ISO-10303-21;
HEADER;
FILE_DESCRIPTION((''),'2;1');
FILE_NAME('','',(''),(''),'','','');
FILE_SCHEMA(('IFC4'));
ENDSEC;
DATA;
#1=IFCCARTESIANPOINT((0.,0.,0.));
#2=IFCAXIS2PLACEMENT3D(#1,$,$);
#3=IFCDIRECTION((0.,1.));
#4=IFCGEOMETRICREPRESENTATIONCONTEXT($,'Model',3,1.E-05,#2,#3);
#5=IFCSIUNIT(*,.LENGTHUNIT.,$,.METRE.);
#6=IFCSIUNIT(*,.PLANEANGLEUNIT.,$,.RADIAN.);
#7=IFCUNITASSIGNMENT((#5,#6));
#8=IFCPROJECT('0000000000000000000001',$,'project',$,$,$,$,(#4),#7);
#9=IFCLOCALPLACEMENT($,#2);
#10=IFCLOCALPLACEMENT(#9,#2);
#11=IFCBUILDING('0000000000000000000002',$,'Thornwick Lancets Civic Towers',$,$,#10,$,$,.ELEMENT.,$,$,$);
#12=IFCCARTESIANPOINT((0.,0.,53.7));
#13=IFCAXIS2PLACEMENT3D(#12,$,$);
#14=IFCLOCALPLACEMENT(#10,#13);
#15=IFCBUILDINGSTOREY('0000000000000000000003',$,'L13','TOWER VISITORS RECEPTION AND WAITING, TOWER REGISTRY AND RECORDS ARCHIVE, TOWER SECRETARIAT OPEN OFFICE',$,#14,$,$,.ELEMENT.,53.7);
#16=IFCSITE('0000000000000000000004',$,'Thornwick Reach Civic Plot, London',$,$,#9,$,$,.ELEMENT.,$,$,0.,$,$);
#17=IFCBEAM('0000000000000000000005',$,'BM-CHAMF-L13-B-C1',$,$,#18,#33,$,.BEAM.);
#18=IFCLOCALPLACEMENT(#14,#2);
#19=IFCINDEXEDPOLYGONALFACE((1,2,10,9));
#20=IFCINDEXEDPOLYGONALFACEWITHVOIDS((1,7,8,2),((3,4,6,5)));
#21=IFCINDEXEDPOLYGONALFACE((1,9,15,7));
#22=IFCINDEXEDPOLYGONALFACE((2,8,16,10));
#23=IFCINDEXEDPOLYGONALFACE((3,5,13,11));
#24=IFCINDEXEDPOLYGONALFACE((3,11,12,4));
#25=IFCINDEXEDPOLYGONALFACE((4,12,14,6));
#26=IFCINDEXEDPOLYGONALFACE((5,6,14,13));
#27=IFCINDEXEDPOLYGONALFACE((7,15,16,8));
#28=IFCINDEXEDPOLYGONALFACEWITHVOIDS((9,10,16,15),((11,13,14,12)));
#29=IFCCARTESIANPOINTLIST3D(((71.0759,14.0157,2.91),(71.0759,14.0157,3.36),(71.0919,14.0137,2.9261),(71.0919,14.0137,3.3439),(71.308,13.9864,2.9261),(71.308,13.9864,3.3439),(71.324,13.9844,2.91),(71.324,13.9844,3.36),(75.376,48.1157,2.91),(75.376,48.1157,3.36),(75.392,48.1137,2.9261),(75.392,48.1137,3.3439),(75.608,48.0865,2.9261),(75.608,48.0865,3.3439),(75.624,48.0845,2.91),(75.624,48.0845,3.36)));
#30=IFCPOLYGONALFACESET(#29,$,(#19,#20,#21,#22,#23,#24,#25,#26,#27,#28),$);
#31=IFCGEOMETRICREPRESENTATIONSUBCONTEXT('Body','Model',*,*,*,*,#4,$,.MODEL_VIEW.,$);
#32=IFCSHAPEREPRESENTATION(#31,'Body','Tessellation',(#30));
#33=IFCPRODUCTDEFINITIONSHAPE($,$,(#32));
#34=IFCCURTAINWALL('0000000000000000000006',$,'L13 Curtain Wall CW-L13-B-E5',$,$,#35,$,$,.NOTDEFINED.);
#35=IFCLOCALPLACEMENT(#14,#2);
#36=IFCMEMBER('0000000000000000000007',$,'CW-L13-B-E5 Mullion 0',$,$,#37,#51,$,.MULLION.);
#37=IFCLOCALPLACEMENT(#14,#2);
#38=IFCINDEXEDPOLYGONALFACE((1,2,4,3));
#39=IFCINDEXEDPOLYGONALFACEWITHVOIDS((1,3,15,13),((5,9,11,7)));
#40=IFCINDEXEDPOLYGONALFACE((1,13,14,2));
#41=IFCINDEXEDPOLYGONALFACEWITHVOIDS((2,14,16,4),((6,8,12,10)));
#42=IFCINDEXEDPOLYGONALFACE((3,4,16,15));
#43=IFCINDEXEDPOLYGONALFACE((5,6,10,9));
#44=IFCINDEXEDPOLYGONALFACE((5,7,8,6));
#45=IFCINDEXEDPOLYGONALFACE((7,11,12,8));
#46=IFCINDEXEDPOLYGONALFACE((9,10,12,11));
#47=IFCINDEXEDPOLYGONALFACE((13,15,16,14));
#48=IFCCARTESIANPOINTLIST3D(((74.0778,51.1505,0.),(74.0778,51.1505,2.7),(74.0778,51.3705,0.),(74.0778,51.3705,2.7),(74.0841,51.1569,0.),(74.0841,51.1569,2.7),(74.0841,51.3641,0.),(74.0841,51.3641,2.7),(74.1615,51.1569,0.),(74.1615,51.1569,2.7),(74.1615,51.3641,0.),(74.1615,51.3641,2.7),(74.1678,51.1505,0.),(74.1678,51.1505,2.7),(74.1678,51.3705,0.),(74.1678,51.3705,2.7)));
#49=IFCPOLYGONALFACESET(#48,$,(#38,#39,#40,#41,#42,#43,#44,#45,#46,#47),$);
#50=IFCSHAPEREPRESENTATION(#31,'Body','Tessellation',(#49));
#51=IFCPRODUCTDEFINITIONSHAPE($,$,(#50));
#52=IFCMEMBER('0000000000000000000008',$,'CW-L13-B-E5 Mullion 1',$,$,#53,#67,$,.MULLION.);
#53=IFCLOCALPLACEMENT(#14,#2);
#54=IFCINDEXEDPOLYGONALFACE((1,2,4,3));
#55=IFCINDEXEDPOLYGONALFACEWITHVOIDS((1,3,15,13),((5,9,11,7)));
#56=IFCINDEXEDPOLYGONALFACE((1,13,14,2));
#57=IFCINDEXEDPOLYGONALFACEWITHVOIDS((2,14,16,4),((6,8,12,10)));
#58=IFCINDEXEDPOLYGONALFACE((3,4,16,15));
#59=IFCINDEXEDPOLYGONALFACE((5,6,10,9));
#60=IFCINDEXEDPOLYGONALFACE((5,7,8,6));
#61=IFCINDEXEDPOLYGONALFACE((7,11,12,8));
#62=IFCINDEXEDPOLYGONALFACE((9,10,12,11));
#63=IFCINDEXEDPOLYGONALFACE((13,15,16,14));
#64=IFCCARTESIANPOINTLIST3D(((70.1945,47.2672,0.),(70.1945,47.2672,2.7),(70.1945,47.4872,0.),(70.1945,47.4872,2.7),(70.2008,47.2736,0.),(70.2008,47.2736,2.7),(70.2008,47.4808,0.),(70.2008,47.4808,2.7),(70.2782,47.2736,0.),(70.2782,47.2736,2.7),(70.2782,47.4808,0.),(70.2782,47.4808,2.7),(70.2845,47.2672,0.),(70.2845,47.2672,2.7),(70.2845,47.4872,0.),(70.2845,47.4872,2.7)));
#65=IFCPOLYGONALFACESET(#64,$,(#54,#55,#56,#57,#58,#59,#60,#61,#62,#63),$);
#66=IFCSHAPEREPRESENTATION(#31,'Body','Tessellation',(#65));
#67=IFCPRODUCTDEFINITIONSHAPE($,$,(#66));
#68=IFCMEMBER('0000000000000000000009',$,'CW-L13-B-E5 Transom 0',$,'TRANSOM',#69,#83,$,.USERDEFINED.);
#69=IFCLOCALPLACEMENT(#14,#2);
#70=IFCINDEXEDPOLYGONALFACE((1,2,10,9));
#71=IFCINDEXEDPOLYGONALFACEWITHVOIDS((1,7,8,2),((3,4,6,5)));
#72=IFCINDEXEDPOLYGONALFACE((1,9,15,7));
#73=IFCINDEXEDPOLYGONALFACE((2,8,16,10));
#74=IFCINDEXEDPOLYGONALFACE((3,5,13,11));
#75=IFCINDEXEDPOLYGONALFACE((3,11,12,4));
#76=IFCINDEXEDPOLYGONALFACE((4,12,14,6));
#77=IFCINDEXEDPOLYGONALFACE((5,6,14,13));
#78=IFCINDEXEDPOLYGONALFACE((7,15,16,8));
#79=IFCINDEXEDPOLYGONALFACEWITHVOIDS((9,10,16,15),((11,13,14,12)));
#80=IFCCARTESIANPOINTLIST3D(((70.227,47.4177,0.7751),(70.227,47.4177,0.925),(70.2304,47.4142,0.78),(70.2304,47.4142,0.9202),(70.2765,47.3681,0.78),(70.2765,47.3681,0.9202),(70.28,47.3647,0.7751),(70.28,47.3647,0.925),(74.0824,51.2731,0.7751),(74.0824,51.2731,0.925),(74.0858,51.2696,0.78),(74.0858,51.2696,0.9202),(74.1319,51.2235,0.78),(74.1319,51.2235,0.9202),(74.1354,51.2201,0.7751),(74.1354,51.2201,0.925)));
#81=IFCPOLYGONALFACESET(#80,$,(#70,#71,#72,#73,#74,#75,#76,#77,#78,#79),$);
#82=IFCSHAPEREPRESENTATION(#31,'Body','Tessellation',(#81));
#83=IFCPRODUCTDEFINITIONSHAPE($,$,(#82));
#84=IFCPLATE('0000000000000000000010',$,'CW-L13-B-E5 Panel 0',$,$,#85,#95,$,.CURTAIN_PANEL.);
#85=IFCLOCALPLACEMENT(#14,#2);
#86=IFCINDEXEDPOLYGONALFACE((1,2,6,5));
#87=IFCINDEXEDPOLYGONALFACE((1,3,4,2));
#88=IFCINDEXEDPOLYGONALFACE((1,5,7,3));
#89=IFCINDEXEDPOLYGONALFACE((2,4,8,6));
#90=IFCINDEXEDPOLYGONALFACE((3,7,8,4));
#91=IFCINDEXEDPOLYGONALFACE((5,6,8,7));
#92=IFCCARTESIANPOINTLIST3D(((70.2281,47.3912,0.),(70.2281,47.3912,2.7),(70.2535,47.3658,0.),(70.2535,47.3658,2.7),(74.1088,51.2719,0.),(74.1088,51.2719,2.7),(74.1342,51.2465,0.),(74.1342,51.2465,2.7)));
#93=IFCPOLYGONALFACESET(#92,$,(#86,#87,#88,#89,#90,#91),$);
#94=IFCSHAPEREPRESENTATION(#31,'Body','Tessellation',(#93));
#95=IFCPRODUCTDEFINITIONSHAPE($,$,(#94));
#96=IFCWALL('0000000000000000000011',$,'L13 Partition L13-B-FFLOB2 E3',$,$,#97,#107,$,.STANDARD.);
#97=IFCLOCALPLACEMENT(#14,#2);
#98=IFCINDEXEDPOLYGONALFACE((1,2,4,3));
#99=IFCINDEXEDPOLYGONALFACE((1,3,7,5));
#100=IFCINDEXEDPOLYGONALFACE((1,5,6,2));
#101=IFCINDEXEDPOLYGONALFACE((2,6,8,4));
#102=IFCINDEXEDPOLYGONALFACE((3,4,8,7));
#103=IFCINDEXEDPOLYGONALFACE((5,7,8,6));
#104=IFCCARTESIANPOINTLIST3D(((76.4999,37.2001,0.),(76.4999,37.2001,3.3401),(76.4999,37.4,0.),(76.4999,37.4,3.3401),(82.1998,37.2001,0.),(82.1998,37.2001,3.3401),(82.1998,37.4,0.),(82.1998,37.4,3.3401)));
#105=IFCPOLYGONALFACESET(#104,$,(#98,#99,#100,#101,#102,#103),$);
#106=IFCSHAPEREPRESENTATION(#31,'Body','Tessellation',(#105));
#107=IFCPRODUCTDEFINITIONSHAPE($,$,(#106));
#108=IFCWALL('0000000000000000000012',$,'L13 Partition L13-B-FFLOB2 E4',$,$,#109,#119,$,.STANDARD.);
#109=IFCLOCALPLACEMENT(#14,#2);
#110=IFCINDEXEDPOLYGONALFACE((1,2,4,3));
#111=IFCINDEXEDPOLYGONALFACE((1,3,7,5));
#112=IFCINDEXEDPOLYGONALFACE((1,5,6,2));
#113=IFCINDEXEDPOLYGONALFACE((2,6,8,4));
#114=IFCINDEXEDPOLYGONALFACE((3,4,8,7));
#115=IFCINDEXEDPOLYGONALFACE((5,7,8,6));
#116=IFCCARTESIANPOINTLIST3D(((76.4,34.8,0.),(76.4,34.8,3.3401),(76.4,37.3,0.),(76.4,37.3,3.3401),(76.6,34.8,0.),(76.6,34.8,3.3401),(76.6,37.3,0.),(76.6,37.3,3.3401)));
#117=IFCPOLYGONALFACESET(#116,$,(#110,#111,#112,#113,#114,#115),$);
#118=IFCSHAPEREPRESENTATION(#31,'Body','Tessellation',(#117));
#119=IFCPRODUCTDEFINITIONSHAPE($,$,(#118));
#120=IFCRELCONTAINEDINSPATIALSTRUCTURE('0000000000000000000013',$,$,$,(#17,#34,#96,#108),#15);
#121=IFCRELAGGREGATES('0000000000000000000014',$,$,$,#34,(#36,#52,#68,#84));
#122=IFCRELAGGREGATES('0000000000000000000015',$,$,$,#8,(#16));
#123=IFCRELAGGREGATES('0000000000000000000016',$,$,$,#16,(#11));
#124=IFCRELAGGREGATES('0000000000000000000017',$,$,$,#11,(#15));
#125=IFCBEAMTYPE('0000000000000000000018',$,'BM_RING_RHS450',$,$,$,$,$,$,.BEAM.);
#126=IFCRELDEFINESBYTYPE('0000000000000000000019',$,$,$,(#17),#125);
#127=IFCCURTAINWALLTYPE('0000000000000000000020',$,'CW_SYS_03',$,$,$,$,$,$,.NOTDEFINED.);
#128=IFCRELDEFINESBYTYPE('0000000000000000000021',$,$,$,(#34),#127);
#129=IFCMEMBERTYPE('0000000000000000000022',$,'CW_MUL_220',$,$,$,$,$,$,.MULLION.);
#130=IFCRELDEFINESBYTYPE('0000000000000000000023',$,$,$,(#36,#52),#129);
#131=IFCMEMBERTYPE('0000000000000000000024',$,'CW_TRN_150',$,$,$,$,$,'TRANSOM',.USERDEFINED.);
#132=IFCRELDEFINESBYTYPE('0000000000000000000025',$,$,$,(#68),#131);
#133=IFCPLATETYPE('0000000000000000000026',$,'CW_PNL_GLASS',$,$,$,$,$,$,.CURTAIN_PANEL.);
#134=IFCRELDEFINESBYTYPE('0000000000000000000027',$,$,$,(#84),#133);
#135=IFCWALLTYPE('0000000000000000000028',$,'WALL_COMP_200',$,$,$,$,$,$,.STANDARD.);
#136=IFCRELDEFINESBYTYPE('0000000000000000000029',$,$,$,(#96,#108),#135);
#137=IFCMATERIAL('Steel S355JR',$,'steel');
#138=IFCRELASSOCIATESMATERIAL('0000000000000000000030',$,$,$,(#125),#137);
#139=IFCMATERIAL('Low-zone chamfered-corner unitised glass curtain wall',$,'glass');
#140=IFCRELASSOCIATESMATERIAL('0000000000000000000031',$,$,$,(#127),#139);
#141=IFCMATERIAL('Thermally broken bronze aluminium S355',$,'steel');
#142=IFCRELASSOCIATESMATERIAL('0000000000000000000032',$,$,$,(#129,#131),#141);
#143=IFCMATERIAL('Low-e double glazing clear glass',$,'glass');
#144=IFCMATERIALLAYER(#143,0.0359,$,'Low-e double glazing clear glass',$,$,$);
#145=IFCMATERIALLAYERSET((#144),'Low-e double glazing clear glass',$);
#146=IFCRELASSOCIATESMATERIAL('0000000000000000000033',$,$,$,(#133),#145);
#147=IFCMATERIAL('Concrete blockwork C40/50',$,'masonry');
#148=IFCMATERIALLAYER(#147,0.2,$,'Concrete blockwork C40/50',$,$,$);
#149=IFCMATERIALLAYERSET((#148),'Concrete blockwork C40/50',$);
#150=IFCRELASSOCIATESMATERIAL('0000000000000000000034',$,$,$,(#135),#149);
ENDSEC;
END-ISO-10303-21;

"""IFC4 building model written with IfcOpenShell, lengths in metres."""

from ifc_helpers import new_model, si_unit, direction, frame, frame_2d, origin, origin_2d, place, context, subcontext, project, spatial, rectangle, hollow_rectangle, extrude, material, layer, layer_set, material_profile, profile_set, type_object, element, aggregate, save


model = new_model("IFC4")

# Units and contexts
model_context = context("Model", 3, precision=1e-05, world=origin(), true_north=direction((0.0, 1.0)))
body_context = subcontext(model_context, "Body", "Model", "MODEL_VIEW")
ifc_project = project(units=[si_unit("LENGTHUNIT", "METRE"), si_unit("PLANEANGLEUNIT", "RADIAN")], contexts=[model_context])

# Site, building, storey
site_placement = place(None, origin())
site = spatial("IfcSite", under=ifc_project, at=site_placement, Name="Thornwick Reach Civic Plot, London", CompositionType="ELEMENT", RefElevation=0.0)
building_placement = place(site_placement, origin())
building = spatial("IfcBuilding", under=site, at=building_placement, Name="Thornwick Lancets Civic Towers", CompositionType="ELEMENT")
storey_placement = place(building_placement, frame((0.0, 0.0, 53.7)))
storey = spatial("IfcBuildingStorey", under=building, at=storey_placement, Name="L13", Description="TOWER VISITORS RECEPTION AND WAITING, TOWER REGISTRY AND RECORDS ARCHIVE, TOWER SECRETARIAT OPEN OFFICE", CompositionType="ELEMENT", Elevation=53.7)

# Beam
ifc_material_1 = material(Name="Steel S355JR", Category="steel")
ifc_material_profile_1 = material_profile(ifc_material_1, hollow_rectangle(XDim=0.25, YDim=0.45, WallThickness=0.0161, at=origin_2d()), Name="RHS 450x250x16")
ifc_profile_set_1 = profile_set([ifc_material_profile_1], Name="Steel S355JR")
beam_type_1 = type_object("IfcBeamType", Name="BM_RING_RHS450", PredefinedType="BEAM", material=ifc_profile_set_1)
beam_1_placement = place(storey_placement, frame((75.5, 48.1001, 3.135), z_axis=(-0.12511, -0.992143, 0.0), x_axis=(0.992143, -0.12511, 0.0)))
element("IfcBeam", 1, at=beam_1_placement, inside=storey, type_object=beam_type_1, Name="BM-CHAMF-L13-B-C1", PredefinedType="BEAM", context=body_context, shape_type="SweptSolid", body=[
    extrude(hollow_rectangle(XDim=0.25, YDim=0.45, WallThickness=0.0161, at=origin_2d()), origin(), (0.0, 0.0, 1.0), 34.3701),
])

# Curtain wall, members, plate
ifc_material_2 = material(Name="Low-zone chamfered-corner unitised glass curtain wall", Category="glass")
curtain_wall_type = type_object("IfcCurtainWallType", Name="CW_SYS_03", PredefinedType="NOTDEFINED", material=ifc_material_2)
curtain_wall_placement = place(storey_placement, origin())
curtain_wall = element("IfcCurtainWall", 2, at=curtain_wall_placement, inside=storey, type_object=curtain_wall_type, Name="L13 Curtain Wall CW-L13-B-E5", PredefinedType="NOTDEFINED")
ifc_material_3 = material(Name="Thermally broken bronze aluminium S355", Category="steel")
ifc_material_profile_2 = material_profile(ifc_material_3, hollow_rectangle(XDim=0.0901, YDim=0.22, WallThickness=0.0063, at=origin_2d()), Name="RHS 220x90x6.3")
ifc_profile_set_2 = profile_set([ifc_material_profile_2], Name="Thermally broken bronze aluminium S355")
member_type_1 = type_object("IfcMemberType", Name="CW_MUL_220", PredefinedType="MULLION", material=ifc_profile_set_2)
member_1_placement = place(storey_placement, frame((74.1228, 51.2605, 0.0), z_axis=(0.0, 0.0, 1.0), x_axis=(1.0, 0.0, 0.0)))
member_1 = element("IfcMember", 3, at=member_1_placement, type_object=member_type_1, Name="CW-L13-B-E5 Mullion 0", PredefinedType="MULLION", context=body_context, shape_type="SweptSolid", body=[
    extrude(hollow_rectangle(XDim=0.0901, YDim=0.22, WallThickness=0.0063, at=origin_2d()), origin(), (0.0, 0.0, 1.0), 2.7),
])
member_2_placement = place(storey_placement, frame((70.2395, 47.3772, 0.0), z_axis=(0.0, 0.0, 1.0), x_axis=(1.0, 0.0, 0.0)))
member_2 = element("IfcMember", 4, at=member_2_placement, type_object=member_type_1, Name="CW-L13-B-E5 Mullion 1", PredefinedType="MULLION", context=body_context, shape_type="SweptSolid", body=[
    extrude(hollow_rectangle(XDim=0.0901, YDim=0.22, WallThickness=0.0063, at=origin_2d()), origin(), (0.0, 0.0, 1.0), 2.7),
])
ifc_material_profile_3 = material_profile(ifc_material_3, hollow_rectangle(XDim=0.075, YDim=0.1499, WallThickness=0.0049, at=origin_2d()), Name="RHS 150x75x5")
ifc_profile_set_3 = profile_set([ifc_material_profile_3], Name="Thermally broken bronze aluminium S355")
member_type_2 = type_object("IfcMemberType", Name="CW_TRN_150", ElementType="TRANSOM", PredefinedType="USERDEFINED", material=ifc_profile_set_3)
member_3_placement = place(storey_placement, frame((74.1089, 51.2466, 0.8501), z_axis=(-0.707107, -0.707107, 0.0), x_axis=(0.707107, -0.707107, 0.0)))
member_3 = element("IfcMember", 5, at=member_3_placement, type_object=member_type_2, Name="CW-L13-B-E5 Transom 0", ObjectType="TRANSOM", PredefinedType="USERDEFINED", context=body_context, shape_type="SweptSolid", body=[
    extrude(hollow_rectangle(XDim=0.075, YDim=0.1499, WallThickness=0.0049, at=origin_2d()), origin(), (0.0, 0.0, 1.0), 5.4524),
])
ifc_material_4 = material(Name="Low-e double glazing clear glass", Category="glass")
ifc_layer_1 = layer(ifc_material_4, 0.0359, Name="Low-e double glazing clear glass")
ifc_layer_set_1 = layer_set([ifc_layer_1], Name="Low-e double glazing clear glass")
plate_type = type_object("IfcPlateType", Name="CW_PNL_GLASS", PredefinedType="CURTAIN_PANEL", material=ifc_layer_set_1)
plate_placement = place(storey_placement, frame((72.1812, 49.3188, 0.0), z_axis=(0.0, 0.0, 1.0), x_axis=(-0.707107, -0.707107, 0.0)))
plate = element("IfcPlate", 6, at=plate_placement, type_object=plate_type, Name="CW-L13-B-E5 Panel 0", PredefinedType="CURTAIN_PANEL", context=body_context, shape_type="SweptSolid", body=[
    extrude(rectangle(XDim=5.488, YDim=0.0359, at=origin_2d()), origin(), (0.0, 0.0, 1.0), 2.7),
])
aggregate(curtain_wall, [member_1, member_2, member_3, plate])

# Walls
ifc_material_5 = material(Name="Concrete blockwork C40/50", Category="masonry")
ifc_layer_2 = layer(ifc_material_5, 0.2, Name="Concrete blockwork C40/50")
ifc_layer_set_2 = layer_set([ifc_layer_2], Name="Concrete blockwork C40/50")
wall_type_1 = type_object("IfcWallType", Name="WALL_COMP_200", PredefinedType="STANDARD", material=ifc_layer_set_2)
wall_1_placement = place(storey_placement, frame((82.2, 37.3, 0.0), z_axis=(0.0, 0.0, 1.0), x_axis=(-1.0, 0.0, 0.0)))
element("IfcWall", 7, at=wall_1_placement, inside=storey, type_object=wall_type_1, Name="L13 Partition L13-B-FFLOB2 E3", PredefinedType="STANDARD", context=body_context, shape_type="SweptSolid", body=[
    extrude(rectangle(XDim=5.7, YDim=0.2, at=frame_2d((2.8501, 0.0))), origin(), (0.0, 0.0, 1.0), 3.3401),
])
wall_2_placement = place(storey_placement, frame((76.5, 37.3, 0.0), z_axis=(0.0, 0.0, 1.0), x_axis=(0.0, -1.0, 0.0)))
element("IfcWall", 8, at=wall_2_placement, inside=storey, type_object=wall_type_1, Name="L13 Partition L13-B-FFLOB2 E4", PredefinedType="STANDARD", context=body_context, shape_type="SweptSolid", body=[
    extrude(rectangle(XDim=2.5, YDim=0.2, at=frame_2d((1.25, 0.0))), origin(), (0.0, 0.0, 1.0), 3.3401),
])

save(model, "model.ifc")
